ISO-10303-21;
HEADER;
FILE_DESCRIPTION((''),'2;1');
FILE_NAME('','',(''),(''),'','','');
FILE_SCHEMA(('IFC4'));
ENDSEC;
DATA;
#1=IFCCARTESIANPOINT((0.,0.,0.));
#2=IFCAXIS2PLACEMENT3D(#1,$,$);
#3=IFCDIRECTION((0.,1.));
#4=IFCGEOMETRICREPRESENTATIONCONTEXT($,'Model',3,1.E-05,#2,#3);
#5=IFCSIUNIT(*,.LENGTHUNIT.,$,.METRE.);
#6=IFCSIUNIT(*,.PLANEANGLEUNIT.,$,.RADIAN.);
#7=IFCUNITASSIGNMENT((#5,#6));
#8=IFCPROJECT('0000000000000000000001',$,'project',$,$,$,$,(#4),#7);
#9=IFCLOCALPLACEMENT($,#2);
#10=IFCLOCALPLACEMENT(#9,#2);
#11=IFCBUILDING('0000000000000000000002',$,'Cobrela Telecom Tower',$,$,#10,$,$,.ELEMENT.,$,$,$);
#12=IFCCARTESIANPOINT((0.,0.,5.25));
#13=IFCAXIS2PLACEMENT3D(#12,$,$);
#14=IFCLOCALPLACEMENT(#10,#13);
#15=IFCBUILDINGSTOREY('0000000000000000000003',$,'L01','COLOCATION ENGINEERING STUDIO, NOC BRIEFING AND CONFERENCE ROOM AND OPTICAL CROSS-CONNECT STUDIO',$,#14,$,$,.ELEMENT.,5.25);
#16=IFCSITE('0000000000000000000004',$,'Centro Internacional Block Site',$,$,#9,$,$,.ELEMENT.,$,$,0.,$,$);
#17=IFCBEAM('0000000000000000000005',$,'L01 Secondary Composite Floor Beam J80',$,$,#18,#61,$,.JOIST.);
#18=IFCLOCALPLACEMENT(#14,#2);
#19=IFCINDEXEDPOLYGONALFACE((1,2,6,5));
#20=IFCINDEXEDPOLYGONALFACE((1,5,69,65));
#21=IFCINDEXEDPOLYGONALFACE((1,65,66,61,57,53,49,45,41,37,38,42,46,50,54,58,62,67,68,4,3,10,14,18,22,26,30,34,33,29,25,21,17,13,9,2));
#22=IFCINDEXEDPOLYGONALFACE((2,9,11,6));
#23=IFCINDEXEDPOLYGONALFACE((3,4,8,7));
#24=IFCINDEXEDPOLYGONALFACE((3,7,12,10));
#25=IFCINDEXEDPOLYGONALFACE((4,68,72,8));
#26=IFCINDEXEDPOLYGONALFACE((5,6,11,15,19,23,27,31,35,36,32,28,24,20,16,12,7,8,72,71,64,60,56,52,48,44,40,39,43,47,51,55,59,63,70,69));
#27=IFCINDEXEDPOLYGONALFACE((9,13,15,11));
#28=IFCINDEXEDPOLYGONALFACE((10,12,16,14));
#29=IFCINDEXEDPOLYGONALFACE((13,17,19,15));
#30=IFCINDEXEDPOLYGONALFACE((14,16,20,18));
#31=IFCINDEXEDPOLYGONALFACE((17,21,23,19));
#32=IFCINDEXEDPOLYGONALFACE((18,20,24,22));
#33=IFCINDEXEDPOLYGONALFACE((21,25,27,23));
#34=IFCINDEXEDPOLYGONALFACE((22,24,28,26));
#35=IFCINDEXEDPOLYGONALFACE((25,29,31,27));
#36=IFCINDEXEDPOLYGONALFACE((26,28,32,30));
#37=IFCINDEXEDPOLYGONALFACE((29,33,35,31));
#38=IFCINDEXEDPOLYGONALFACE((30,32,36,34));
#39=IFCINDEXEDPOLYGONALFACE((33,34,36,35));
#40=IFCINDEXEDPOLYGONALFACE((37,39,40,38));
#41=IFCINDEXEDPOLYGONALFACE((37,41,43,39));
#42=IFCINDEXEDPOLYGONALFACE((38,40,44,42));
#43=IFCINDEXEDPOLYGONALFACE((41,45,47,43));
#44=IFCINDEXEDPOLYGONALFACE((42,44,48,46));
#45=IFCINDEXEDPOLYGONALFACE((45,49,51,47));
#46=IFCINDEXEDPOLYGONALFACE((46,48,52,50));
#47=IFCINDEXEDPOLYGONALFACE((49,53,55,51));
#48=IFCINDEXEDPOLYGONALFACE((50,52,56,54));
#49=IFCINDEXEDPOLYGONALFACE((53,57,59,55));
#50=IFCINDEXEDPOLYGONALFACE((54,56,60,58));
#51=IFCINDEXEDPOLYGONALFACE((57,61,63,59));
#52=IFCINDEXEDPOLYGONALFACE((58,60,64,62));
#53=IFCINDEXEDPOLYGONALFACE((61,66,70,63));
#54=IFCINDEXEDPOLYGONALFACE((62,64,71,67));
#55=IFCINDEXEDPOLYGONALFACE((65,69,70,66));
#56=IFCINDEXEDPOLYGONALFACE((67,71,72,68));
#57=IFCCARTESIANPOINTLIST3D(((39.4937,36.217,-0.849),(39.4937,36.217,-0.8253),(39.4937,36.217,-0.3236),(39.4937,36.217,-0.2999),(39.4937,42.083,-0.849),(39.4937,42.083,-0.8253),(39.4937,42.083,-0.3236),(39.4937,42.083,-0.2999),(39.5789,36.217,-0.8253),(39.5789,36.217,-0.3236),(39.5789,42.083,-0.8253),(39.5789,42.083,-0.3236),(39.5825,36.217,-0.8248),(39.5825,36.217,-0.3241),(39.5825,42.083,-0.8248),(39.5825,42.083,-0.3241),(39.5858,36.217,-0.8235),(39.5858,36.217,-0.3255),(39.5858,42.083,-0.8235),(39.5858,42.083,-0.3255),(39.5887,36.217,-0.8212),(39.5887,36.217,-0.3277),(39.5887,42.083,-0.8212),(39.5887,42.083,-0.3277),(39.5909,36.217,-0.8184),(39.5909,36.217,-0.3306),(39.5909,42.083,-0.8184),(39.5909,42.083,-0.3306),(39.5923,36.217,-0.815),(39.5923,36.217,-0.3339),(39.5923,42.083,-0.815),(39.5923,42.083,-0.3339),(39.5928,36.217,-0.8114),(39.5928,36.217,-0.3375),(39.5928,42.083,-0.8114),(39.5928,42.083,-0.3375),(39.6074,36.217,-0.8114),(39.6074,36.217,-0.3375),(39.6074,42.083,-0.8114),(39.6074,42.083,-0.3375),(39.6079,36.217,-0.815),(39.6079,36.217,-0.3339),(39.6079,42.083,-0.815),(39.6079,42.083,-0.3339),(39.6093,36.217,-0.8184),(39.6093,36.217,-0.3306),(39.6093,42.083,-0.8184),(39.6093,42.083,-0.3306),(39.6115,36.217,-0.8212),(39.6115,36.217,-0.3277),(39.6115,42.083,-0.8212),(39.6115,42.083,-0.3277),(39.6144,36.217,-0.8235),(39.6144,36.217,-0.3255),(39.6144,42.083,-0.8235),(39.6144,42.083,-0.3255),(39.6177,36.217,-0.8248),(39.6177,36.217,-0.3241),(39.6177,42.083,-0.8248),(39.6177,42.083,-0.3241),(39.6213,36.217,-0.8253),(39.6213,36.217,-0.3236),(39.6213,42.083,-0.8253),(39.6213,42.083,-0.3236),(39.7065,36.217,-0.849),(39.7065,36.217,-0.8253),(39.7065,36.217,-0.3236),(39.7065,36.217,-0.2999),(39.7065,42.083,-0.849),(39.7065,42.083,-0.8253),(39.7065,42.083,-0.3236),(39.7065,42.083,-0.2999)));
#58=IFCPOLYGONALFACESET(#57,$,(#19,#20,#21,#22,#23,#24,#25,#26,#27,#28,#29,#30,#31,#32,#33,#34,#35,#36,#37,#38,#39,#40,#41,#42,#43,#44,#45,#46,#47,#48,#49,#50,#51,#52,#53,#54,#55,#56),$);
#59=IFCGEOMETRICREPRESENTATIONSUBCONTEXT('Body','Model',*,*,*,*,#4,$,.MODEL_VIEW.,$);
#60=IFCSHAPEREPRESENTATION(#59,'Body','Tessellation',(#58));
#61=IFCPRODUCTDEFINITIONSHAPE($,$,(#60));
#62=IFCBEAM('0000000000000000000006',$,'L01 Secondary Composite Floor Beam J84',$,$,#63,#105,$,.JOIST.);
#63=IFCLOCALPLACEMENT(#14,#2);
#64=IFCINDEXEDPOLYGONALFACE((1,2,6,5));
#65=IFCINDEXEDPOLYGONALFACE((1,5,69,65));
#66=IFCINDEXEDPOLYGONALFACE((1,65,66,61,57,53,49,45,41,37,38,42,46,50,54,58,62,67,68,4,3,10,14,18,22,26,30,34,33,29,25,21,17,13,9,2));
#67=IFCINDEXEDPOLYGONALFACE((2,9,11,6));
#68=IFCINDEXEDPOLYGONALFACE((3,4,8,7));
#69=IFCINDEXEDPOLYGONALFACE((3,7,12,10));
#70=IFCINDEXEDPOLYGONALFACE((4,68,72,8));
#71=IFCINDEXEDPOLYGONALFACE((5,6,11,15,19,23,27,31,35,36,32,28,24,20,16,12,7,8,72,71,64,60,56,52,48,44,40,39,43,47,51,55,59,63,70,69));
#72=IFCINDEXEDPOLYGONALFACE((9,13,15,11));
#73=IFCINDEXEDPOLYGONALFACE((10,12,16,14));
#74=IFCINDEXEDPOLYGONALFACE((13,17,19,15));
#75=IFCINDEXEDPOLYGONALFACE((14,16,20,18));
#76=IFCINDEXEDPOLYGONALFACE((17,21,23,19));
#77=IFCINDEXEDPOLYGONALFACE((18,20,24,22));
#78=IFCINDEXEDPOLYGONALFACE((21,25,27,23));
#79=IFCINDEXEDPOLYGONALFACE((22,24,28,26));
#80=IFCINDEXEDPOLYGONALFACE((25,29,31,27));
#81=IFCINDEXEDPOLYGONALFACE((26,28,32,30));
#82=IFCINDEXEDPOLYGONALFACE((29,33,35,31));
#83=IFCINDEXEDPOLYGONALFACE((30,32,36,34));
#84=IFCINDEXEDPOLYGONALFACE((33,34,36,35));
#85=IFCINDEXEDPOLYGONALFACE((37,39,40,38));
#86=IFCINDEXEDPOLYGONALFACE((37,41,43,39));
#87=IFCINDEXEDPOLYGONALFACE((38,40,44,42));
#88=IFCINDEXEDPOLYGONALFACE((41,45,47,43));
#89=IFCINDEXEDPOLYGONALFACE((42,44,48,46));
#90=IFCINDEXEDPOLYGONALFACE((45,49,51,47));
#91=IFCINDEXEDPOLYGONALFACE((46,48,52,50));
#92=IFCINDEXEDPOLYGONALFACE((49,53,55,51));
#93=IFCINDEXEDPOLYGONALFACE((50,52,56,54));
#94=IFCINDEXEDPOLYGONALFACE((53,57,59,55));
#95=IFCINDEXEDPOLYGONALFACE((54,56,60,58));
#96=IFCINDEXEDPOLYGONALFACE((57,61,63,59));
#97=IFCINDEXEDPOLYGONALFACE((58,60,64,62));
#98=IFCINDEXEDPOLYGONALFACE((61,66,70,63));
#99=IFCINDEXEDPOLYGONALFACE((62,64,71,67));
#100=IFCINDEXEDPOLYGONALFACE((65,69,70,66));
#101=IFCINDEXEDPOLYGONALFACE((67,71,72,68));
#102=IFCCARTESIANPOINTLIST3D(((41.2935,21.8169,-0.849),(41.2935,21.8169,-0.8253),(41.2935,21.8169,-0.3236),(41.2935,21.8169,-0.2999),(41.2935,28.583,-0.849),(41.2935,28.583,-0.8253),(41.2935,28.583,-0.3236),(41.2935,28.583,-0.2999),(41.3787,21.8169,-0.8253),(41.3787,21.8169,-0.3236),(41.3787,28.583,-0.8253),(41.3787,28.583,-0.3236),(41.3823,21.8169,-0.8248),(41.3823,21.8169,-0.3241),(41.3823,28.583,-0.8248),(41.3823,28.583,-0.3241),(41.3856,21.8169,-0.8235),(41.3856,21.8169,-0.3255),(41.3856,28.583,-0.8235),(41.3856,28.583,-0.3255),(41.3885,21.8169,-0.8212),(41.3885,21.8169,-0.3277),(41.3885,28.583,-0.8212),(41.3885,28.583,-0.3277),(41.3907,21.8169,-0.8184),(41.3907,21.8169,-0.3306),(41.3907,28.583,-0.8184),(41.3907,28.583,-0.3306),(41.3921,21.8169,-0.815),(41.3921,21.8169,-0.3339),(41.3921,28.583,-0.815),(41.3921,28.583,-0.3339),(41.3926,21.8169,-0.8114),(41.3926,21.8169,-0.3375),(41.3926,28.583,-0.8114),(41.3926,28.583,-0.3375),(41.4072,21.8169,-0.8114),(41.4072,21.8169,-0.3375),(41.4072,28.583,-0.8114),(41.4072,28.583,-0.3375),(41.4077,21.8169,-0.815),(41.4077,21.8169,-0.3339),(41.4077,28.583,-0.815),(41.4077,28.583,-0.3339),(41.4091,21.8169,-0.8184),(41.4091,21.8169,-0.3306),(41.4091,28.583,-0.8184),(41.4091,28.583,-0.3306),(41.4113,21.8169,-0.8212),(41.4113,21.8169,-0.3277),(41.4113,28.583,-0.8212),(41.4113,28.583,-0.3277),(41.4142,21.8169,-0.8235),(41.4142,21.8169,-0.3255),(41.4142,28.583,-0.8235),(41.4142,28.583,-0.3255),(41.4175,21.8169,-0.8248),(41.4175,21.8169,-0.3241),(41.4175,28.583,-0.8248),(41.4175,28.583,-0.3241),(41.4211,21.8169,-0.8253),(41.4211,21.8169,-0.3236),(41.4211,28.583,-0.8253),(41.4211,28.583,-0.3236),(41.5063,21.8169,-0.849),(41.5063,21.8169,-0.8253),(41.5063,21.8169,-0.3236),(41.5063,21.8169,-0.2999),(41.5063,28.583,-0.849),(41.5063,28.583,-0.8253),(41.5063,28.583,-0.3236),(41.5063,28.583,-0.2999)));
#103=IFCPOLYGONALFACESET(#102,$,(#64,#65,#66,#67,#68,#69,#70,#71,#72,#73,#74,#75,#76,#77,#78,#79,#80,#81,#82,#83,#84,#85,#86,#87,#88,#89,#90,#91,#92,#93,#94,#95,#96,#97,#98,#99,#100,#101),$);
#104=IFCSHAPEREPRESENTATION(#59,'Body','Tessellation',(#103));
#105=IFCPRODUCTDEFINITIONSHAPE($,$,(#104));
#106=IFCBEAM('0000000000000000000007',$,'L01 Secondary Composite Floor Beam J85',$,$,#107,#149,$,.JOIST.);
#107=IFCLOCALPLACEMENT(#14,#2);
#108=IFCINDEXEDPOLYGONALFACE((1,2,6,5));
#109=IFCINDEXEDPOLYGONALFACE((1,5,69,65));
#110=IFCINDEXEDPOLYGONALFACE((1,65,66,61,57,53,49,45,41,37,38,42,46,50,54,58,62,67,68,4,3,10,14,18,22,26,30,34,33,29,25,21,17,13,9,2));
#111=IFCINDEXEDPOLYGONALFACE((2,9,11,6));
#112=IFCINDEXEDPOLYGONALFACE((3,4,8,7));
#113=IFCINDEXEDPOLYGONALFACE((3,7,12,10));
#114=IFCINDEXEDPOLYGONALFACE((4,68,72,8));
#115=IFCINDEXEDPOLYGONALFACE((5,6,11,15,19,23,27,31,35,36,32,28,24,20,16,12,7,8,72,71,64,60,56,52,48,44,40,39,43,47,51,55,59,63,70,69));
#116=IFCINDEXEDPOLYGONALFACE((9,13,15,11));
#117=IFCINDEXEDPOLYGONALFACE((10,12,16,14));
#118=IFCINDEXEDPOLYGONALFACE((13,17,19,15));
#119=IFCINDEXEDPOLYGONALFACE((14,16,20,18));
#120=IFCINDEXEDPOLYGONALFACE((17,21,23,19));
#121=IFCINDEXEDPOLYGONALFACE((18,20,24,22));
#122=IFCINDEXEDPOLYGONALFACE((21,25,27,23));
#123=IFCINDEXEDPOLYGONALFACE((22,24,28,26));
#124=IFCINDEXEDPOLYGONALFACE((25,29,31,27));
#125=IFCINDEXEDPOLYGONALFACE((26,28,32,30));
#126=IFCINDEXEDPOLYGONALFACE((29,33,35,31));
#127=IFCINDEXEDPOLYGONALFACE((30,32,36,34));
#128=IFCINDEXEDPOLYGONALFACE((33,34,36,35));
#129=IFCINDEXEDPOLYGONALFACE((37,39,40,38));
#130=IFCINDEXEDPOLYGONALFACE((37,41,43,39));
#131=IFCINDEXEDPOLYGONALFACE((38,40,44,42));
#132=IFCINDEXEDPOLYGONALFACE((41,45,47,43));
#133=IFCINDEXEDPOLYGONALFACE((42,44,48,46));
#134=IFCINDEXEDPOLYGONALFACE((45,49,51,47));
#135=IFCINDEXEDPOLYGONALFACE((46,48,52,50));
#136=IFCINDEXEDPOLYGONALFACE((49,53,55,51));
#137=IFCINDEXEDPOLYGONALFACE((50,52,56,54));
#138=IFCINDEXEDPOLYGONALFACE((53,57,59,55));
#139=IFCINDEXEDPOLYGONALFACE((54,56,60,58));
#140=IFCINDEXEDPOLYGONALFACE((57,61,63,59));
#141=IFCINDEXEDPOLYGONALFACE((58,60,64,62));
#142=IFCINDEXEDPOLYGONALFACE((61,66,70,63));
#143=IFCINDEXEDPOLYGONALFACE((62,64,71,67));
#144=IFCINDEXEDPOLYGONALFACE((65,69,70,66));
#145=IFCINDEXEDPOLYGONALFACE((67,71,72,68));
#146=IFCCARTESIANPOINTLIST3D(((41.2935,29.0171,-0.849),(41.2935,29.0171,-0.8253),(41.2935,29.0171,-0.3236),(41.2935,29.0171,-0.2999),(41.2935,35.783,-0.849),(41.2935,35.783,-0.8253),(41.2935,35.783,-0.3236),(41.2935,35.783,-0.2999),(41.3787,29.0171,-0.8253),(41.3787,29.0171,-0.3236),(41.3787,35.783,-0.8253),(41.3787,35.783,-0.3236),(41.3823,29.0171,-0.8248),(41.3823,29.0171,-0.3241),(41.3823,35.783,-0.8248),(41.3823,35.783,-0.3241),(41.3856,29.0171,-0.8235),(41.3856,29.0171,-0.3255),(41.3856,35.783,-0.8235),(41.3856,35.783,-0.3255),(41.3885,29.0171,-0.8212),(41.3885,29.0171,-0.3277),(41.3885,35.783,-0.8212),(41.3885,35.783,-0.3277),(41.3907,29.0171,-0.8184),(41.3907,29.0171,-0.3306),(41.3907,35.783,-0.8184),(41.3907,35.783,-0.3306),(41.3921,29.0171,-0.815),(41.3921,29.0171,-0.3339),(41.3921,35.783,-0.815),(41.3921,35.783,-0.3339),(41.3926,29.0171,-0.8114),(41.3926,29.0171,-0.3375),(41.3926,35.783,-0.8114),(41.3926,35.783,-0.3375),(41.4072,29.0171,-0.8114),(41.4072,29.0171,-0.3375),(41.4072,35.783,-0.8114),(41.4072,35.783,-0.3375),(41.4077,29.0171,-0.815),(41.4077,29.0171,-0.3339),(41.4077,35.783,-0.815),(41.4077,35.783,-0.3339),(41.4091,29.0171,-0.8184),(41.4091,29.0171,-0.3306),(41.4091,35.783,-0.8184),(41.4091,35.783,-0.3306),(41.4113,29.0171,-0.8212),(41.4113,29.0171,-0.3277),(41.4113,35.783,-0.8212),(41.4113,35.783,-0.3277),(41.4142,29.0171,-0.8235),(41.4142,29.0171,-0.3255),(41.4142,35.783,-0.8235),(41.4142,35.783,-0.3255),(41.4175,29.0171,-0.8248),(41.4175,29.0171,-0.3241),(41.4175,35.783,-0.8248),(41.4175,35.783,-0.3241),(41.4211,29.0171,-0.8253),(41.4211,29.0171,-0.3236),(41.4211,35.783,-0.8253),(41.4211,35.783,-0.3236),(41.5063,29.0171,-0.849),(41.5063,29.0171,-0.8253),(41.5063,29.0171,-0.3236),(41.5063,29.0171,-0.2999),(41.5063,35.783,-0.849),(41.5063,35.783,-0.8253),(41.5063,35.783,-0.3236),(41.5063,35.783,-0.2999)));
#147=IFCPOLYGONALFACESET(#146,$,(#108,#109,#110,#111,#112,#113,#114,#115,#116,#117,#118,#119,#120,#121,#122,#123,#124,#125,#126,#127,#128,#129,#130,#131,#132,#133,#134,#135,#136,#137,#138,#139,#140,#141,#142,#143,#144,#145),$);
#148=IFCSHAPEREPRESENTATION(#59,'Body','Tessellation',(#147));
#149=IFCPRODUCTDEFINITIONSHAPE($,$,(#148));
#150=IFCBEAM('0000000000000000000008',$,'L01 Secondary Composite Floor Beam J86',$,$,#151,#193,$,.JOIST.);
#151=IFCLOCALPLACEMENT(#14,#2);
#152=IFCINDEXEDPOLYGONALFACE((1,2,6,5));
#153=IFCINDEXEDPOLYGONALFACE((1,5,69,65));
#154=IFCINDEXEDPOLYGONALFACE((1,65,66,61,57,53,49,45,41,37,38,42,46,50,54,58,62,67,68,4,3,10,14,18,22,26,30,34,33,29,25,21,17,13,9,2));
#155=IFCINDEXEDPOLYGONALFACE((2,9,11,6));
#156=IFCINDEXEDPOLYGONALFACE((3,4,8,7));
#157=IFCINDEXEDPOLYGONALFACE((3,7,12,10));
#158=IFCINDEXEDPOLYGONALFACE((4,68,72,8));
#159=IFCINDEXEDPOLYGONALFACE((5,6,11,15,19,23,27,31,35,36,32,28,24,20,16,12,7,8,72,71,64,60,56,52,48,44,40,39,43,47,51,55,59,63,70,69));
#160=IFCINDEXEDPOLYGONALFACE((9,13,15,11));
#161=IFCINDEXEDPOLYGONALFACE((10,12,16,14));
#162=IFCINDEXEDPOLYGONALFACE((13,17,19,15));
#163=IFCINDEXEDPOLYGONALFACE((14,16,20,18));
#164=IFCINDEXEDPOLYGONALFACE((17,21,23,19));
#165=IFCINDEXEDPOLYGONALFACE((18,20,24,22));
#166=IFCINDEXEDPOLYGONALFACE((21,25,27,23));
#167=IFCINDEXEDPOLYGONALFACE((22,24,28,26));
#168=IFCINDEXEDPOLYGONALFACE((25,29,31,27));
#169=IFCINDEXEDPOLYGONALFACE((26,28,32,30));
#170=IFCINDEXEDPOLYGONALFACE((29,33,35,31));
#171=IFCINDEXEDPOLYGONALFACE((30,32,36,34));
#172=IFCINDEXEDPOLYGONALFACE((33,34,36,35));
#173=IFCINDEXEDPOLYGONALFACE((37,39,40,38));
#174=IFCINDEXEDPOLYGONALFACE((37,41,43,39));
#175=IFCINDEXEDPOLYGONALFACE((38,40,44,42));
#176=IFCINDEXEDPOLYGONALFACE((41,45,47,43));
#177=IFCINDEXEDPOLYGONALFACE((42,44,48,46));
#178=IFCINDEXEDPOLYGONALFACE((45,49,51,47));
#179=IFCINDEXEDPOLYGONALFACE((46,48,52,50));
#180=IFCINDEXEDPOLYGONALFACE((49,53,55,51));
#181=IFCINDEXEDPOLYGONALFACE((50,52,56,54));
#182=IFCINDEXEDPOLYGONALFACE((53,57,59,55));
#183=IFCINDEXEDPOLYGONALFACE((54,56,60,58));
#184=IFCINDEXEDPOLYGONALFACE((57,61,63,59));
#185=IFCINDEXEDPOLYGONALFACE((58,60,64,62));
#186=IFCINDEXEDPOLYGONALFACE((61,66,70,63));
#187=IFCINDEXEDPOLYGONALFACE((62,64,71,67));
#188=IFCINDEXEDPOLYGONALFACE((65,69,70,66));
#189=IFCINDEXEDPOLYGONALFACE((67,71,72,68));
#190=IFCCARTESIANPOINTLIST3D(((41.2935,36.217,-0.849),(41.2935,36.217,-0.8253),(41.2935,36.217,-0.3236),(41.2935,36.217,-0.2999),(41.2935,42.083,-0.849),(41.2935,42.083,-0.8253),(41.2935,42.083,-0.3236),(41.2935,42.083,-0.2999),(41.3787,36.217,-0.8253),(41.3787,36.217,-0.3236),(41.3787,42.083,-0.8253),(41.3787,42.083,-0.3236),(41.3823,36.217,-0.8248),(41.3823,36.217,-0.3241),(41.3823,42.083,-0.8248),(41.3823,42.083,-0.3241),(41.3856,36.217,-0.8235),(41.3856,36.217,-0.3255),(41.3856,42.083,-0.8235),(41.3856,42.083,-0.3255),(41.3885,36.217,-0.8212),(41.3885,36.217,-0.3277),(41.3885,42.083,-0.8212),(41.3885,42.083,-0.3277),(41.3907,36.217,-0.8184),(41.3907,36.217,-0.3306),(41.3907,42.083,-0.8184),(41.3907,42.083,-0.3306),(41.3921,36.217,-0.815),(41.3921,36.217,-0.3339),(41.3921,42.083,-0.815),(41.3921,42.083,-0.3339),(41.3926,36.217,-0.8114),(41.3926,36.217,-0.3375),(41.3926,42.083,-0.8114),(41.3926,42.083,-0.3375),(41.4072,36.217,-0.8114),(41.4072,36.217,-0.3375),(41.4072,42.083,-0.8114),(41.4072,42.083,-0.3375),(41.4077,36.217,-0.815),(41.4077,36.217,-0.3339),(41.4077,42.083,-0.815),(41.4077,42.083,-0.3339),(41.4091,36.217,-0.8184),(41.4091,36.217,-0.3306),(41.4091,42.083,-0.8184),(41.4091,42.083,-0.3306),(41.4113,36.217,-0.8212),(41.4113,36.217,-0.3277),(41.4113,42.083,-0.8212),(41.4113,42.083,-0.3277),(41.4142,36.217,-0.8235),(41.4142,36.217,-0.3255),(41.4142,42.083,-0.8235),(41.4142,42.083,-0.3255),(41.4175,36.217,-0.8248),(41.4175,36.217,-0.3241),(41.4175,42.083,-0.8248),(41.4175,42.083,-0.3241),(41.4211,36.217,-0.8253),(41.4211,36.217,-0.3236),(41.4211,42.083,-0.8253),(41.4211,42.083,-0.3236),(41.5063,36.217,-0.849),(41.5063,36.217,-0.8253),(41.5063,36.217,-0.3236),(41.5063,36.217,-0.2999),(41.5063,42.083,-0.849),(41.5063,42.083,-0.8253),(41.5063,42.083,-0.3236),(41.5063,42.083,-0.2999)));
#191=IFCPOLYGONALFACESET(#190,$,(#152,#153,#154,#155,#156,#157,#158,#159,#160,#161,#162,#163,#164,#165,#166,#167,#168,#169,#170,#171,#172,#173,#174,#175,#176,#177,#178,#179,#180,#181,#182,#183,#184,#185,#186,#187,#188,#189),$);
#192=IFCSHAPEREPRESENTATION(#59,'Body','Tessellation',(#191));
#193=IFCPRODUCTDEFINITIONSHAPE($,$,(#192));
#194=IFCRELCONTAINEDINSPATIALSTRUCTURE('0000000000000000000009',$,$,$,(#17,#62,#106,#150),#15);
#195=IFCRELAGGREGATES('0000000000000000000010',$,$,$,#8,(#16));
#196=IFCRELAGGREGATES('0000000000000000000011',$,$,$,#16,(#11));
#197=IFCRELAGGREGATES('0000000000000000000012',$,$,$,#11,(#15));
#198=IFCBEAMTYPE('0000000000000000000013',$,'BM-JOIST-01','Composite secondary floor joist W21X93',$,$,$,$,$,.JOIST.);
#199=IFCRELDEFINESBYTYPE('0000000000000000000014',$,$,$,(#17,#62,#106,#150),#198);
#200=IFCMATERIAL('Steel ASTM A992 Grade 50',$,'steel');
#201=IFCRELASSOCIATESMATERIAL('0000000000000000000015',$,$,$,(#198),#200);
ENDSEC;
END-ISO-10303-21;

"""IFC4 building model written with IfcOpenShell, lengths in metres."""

from ifc_helpers import new_model, si_unit, direction, frame, origin, origin_2d, place, context, subcontext, project, spatial, i_section, extrude, material, material_profile, profile_set, type_object, element, save


model = new_model("IFC4")

# Units and contexts
model_context = context("Model", 3, precision=1e-05, world=origin(), true_north=direction((0.0, 1.0)))
body_context = subcontext(model_context, "Body", "Model", "MODEL_VIEW")
ifc_project = project(units=[si_unit("LENGTHUNIT", "METRE"), si_unit("PLANEANGLEUNIT", "RADIAN")], contexts=[model_context])

# Site, building, storey
site_placement = place(None, origin())
site = spatial("IfcSite", under=ifc_project, at=site_placement, Name="Centro Internacional Block Site", CompositionType="ELEMENT", RefElevation=0.0)
building_placement = place(site_placement, origin())
building = spatial("IfcBuilding", under=site, at=building_placement, Name="Cobrela Telecom Tower", CompositionType="ELEMENT")
storey_placement = place(building_placement, frame((0.0, 0.0, 5.25)))
storey = spatial("IfcBuildingStorey", under=building, at=storey_placement, Name="L01", Description="COLOCATION ENGINEERING STUDIO, NOC BRIEFING AND CONFERENCE ROOM AND OPTICAL CROSS-CONNECT STUDIO", CompositionType="ELEMENT", Elevation=5.25)

# Beams
ifc_material_1 = material(Name="Steel ASTM A992 Grade 50", Category="steel")
ifc_material_profile_1 = material_profile(ifc_material_1, i_section(OverallWidth=0.2129, OverallDepth=0.5491, WebThickness=0.0146, FlangeThickness=0.0237, FilletRadius=0.0139, at=origin_2d()), Name="W21X93")
ifc_profile_set_1 = profile_set([ifc_material_profile_1], Name="Steel ASTM A992 Grade 50")
beam_type_1 = type_object("IfcBeamType", Name="BM-JOIST-01", Description="Composite secondary floor joist W21X93", PredefinedType="JOIST", material=ifc_profile_set_1)
beam_1_placement = place(storey_placement, frame((39.6001, 36.217, -0.5745), z_axis=(0.0, 1.0, 0.0), x_axis=(-1.0, 0.0, 0.0)))
element("IfcBeam", 1, at=beam_1_placement, inside=storey, type_object=beam_type_1, Name="L01 Secondary Composite Floor Beam J80", PredefinedType="JOIST", context=body_context, shape_type="SweptSolid", body=[
    extrude(i_section(OverallWidth=0.2129, OverallDepth=0.5491, WebThickness=0.0146, FlangeThickness=0.0237, FilletRadius=0.0139, at=origin_2d()), origin(), (0.0, 0.0, 1.0), 5.866),
])
beam_2_placement = place(storey_placement, frame((41.3999, 21.8169, -0.5745), z_axis=(0.0, 1.0, 0.0), x_axis=(-1.0, 0.0, 0.0)))
element("IfcBeam", 2, at=beam_2_placement, inside=storey, type_object=beam_type_1, Name="L01 Secondary Composite Floor Beam J84", PredefinedType="JOIST", context=body_context, shape_type="SweptSolid", body=[
    extrude(i_section(OverallWidth=0.2129, OverallDepth=0.5491, WebThickness=0.0146, FlangeThickness=0.0237, FilletRadius=0.0139, at=origin_2d()), origin(), (0.0, 0.0, 1.0), 6.7661),
])
beam_3_placement = place(storey_placement, frame((41.3999, 29.0171, -0.5745), z_axis=(0.0, 1.0, 0.0), x_axis=(-1.0, 0.0, 0.0)))
element("IfcBeam", 3, at=beam_3_placement, inside=storey, type_object=beam_type_1, Name="L01 Secondary Composite Floor Beam J85", PredefinedType="JOIST", context=body_context, shape_type="SweptSolid", body=[
    extrude(i_section(OverallWidth=0.2129, OverallDepth=0.5491, WebThickness=0.0146, FlangeThickness=0.0237, FilletRadius=0.0139, at=origin_2d()), origin(), (0.0, 0.0, 1.0), 6.7659),
])
beam_4_placement = place(storey_placement, frame((41.3999, 36.217, -0.5745), z_axis=(0.0, 1.0, 0.0), x_axis=(-1.0, 0.0, 0.0)))
element("IfcBeam", 4, at=beam_4_placement, inside=storey, type_object=beam_type_1, Name="L01 Secondary Composite Floor Beam J86", PredefinedType="JOIST", context=body_context, shape_type="SweptSolid", body=[
    extrude(i_section(OverallWidth=0.2129, OverallDepth=0.5491, WebThickness=0.0146, FlangeThickness=0.0237, FilletRadius=0.0139, at=origin_2d()), origin(), (0.0, 0.0, 1.0), 5.866),
])

save(model, "model.ifc")
